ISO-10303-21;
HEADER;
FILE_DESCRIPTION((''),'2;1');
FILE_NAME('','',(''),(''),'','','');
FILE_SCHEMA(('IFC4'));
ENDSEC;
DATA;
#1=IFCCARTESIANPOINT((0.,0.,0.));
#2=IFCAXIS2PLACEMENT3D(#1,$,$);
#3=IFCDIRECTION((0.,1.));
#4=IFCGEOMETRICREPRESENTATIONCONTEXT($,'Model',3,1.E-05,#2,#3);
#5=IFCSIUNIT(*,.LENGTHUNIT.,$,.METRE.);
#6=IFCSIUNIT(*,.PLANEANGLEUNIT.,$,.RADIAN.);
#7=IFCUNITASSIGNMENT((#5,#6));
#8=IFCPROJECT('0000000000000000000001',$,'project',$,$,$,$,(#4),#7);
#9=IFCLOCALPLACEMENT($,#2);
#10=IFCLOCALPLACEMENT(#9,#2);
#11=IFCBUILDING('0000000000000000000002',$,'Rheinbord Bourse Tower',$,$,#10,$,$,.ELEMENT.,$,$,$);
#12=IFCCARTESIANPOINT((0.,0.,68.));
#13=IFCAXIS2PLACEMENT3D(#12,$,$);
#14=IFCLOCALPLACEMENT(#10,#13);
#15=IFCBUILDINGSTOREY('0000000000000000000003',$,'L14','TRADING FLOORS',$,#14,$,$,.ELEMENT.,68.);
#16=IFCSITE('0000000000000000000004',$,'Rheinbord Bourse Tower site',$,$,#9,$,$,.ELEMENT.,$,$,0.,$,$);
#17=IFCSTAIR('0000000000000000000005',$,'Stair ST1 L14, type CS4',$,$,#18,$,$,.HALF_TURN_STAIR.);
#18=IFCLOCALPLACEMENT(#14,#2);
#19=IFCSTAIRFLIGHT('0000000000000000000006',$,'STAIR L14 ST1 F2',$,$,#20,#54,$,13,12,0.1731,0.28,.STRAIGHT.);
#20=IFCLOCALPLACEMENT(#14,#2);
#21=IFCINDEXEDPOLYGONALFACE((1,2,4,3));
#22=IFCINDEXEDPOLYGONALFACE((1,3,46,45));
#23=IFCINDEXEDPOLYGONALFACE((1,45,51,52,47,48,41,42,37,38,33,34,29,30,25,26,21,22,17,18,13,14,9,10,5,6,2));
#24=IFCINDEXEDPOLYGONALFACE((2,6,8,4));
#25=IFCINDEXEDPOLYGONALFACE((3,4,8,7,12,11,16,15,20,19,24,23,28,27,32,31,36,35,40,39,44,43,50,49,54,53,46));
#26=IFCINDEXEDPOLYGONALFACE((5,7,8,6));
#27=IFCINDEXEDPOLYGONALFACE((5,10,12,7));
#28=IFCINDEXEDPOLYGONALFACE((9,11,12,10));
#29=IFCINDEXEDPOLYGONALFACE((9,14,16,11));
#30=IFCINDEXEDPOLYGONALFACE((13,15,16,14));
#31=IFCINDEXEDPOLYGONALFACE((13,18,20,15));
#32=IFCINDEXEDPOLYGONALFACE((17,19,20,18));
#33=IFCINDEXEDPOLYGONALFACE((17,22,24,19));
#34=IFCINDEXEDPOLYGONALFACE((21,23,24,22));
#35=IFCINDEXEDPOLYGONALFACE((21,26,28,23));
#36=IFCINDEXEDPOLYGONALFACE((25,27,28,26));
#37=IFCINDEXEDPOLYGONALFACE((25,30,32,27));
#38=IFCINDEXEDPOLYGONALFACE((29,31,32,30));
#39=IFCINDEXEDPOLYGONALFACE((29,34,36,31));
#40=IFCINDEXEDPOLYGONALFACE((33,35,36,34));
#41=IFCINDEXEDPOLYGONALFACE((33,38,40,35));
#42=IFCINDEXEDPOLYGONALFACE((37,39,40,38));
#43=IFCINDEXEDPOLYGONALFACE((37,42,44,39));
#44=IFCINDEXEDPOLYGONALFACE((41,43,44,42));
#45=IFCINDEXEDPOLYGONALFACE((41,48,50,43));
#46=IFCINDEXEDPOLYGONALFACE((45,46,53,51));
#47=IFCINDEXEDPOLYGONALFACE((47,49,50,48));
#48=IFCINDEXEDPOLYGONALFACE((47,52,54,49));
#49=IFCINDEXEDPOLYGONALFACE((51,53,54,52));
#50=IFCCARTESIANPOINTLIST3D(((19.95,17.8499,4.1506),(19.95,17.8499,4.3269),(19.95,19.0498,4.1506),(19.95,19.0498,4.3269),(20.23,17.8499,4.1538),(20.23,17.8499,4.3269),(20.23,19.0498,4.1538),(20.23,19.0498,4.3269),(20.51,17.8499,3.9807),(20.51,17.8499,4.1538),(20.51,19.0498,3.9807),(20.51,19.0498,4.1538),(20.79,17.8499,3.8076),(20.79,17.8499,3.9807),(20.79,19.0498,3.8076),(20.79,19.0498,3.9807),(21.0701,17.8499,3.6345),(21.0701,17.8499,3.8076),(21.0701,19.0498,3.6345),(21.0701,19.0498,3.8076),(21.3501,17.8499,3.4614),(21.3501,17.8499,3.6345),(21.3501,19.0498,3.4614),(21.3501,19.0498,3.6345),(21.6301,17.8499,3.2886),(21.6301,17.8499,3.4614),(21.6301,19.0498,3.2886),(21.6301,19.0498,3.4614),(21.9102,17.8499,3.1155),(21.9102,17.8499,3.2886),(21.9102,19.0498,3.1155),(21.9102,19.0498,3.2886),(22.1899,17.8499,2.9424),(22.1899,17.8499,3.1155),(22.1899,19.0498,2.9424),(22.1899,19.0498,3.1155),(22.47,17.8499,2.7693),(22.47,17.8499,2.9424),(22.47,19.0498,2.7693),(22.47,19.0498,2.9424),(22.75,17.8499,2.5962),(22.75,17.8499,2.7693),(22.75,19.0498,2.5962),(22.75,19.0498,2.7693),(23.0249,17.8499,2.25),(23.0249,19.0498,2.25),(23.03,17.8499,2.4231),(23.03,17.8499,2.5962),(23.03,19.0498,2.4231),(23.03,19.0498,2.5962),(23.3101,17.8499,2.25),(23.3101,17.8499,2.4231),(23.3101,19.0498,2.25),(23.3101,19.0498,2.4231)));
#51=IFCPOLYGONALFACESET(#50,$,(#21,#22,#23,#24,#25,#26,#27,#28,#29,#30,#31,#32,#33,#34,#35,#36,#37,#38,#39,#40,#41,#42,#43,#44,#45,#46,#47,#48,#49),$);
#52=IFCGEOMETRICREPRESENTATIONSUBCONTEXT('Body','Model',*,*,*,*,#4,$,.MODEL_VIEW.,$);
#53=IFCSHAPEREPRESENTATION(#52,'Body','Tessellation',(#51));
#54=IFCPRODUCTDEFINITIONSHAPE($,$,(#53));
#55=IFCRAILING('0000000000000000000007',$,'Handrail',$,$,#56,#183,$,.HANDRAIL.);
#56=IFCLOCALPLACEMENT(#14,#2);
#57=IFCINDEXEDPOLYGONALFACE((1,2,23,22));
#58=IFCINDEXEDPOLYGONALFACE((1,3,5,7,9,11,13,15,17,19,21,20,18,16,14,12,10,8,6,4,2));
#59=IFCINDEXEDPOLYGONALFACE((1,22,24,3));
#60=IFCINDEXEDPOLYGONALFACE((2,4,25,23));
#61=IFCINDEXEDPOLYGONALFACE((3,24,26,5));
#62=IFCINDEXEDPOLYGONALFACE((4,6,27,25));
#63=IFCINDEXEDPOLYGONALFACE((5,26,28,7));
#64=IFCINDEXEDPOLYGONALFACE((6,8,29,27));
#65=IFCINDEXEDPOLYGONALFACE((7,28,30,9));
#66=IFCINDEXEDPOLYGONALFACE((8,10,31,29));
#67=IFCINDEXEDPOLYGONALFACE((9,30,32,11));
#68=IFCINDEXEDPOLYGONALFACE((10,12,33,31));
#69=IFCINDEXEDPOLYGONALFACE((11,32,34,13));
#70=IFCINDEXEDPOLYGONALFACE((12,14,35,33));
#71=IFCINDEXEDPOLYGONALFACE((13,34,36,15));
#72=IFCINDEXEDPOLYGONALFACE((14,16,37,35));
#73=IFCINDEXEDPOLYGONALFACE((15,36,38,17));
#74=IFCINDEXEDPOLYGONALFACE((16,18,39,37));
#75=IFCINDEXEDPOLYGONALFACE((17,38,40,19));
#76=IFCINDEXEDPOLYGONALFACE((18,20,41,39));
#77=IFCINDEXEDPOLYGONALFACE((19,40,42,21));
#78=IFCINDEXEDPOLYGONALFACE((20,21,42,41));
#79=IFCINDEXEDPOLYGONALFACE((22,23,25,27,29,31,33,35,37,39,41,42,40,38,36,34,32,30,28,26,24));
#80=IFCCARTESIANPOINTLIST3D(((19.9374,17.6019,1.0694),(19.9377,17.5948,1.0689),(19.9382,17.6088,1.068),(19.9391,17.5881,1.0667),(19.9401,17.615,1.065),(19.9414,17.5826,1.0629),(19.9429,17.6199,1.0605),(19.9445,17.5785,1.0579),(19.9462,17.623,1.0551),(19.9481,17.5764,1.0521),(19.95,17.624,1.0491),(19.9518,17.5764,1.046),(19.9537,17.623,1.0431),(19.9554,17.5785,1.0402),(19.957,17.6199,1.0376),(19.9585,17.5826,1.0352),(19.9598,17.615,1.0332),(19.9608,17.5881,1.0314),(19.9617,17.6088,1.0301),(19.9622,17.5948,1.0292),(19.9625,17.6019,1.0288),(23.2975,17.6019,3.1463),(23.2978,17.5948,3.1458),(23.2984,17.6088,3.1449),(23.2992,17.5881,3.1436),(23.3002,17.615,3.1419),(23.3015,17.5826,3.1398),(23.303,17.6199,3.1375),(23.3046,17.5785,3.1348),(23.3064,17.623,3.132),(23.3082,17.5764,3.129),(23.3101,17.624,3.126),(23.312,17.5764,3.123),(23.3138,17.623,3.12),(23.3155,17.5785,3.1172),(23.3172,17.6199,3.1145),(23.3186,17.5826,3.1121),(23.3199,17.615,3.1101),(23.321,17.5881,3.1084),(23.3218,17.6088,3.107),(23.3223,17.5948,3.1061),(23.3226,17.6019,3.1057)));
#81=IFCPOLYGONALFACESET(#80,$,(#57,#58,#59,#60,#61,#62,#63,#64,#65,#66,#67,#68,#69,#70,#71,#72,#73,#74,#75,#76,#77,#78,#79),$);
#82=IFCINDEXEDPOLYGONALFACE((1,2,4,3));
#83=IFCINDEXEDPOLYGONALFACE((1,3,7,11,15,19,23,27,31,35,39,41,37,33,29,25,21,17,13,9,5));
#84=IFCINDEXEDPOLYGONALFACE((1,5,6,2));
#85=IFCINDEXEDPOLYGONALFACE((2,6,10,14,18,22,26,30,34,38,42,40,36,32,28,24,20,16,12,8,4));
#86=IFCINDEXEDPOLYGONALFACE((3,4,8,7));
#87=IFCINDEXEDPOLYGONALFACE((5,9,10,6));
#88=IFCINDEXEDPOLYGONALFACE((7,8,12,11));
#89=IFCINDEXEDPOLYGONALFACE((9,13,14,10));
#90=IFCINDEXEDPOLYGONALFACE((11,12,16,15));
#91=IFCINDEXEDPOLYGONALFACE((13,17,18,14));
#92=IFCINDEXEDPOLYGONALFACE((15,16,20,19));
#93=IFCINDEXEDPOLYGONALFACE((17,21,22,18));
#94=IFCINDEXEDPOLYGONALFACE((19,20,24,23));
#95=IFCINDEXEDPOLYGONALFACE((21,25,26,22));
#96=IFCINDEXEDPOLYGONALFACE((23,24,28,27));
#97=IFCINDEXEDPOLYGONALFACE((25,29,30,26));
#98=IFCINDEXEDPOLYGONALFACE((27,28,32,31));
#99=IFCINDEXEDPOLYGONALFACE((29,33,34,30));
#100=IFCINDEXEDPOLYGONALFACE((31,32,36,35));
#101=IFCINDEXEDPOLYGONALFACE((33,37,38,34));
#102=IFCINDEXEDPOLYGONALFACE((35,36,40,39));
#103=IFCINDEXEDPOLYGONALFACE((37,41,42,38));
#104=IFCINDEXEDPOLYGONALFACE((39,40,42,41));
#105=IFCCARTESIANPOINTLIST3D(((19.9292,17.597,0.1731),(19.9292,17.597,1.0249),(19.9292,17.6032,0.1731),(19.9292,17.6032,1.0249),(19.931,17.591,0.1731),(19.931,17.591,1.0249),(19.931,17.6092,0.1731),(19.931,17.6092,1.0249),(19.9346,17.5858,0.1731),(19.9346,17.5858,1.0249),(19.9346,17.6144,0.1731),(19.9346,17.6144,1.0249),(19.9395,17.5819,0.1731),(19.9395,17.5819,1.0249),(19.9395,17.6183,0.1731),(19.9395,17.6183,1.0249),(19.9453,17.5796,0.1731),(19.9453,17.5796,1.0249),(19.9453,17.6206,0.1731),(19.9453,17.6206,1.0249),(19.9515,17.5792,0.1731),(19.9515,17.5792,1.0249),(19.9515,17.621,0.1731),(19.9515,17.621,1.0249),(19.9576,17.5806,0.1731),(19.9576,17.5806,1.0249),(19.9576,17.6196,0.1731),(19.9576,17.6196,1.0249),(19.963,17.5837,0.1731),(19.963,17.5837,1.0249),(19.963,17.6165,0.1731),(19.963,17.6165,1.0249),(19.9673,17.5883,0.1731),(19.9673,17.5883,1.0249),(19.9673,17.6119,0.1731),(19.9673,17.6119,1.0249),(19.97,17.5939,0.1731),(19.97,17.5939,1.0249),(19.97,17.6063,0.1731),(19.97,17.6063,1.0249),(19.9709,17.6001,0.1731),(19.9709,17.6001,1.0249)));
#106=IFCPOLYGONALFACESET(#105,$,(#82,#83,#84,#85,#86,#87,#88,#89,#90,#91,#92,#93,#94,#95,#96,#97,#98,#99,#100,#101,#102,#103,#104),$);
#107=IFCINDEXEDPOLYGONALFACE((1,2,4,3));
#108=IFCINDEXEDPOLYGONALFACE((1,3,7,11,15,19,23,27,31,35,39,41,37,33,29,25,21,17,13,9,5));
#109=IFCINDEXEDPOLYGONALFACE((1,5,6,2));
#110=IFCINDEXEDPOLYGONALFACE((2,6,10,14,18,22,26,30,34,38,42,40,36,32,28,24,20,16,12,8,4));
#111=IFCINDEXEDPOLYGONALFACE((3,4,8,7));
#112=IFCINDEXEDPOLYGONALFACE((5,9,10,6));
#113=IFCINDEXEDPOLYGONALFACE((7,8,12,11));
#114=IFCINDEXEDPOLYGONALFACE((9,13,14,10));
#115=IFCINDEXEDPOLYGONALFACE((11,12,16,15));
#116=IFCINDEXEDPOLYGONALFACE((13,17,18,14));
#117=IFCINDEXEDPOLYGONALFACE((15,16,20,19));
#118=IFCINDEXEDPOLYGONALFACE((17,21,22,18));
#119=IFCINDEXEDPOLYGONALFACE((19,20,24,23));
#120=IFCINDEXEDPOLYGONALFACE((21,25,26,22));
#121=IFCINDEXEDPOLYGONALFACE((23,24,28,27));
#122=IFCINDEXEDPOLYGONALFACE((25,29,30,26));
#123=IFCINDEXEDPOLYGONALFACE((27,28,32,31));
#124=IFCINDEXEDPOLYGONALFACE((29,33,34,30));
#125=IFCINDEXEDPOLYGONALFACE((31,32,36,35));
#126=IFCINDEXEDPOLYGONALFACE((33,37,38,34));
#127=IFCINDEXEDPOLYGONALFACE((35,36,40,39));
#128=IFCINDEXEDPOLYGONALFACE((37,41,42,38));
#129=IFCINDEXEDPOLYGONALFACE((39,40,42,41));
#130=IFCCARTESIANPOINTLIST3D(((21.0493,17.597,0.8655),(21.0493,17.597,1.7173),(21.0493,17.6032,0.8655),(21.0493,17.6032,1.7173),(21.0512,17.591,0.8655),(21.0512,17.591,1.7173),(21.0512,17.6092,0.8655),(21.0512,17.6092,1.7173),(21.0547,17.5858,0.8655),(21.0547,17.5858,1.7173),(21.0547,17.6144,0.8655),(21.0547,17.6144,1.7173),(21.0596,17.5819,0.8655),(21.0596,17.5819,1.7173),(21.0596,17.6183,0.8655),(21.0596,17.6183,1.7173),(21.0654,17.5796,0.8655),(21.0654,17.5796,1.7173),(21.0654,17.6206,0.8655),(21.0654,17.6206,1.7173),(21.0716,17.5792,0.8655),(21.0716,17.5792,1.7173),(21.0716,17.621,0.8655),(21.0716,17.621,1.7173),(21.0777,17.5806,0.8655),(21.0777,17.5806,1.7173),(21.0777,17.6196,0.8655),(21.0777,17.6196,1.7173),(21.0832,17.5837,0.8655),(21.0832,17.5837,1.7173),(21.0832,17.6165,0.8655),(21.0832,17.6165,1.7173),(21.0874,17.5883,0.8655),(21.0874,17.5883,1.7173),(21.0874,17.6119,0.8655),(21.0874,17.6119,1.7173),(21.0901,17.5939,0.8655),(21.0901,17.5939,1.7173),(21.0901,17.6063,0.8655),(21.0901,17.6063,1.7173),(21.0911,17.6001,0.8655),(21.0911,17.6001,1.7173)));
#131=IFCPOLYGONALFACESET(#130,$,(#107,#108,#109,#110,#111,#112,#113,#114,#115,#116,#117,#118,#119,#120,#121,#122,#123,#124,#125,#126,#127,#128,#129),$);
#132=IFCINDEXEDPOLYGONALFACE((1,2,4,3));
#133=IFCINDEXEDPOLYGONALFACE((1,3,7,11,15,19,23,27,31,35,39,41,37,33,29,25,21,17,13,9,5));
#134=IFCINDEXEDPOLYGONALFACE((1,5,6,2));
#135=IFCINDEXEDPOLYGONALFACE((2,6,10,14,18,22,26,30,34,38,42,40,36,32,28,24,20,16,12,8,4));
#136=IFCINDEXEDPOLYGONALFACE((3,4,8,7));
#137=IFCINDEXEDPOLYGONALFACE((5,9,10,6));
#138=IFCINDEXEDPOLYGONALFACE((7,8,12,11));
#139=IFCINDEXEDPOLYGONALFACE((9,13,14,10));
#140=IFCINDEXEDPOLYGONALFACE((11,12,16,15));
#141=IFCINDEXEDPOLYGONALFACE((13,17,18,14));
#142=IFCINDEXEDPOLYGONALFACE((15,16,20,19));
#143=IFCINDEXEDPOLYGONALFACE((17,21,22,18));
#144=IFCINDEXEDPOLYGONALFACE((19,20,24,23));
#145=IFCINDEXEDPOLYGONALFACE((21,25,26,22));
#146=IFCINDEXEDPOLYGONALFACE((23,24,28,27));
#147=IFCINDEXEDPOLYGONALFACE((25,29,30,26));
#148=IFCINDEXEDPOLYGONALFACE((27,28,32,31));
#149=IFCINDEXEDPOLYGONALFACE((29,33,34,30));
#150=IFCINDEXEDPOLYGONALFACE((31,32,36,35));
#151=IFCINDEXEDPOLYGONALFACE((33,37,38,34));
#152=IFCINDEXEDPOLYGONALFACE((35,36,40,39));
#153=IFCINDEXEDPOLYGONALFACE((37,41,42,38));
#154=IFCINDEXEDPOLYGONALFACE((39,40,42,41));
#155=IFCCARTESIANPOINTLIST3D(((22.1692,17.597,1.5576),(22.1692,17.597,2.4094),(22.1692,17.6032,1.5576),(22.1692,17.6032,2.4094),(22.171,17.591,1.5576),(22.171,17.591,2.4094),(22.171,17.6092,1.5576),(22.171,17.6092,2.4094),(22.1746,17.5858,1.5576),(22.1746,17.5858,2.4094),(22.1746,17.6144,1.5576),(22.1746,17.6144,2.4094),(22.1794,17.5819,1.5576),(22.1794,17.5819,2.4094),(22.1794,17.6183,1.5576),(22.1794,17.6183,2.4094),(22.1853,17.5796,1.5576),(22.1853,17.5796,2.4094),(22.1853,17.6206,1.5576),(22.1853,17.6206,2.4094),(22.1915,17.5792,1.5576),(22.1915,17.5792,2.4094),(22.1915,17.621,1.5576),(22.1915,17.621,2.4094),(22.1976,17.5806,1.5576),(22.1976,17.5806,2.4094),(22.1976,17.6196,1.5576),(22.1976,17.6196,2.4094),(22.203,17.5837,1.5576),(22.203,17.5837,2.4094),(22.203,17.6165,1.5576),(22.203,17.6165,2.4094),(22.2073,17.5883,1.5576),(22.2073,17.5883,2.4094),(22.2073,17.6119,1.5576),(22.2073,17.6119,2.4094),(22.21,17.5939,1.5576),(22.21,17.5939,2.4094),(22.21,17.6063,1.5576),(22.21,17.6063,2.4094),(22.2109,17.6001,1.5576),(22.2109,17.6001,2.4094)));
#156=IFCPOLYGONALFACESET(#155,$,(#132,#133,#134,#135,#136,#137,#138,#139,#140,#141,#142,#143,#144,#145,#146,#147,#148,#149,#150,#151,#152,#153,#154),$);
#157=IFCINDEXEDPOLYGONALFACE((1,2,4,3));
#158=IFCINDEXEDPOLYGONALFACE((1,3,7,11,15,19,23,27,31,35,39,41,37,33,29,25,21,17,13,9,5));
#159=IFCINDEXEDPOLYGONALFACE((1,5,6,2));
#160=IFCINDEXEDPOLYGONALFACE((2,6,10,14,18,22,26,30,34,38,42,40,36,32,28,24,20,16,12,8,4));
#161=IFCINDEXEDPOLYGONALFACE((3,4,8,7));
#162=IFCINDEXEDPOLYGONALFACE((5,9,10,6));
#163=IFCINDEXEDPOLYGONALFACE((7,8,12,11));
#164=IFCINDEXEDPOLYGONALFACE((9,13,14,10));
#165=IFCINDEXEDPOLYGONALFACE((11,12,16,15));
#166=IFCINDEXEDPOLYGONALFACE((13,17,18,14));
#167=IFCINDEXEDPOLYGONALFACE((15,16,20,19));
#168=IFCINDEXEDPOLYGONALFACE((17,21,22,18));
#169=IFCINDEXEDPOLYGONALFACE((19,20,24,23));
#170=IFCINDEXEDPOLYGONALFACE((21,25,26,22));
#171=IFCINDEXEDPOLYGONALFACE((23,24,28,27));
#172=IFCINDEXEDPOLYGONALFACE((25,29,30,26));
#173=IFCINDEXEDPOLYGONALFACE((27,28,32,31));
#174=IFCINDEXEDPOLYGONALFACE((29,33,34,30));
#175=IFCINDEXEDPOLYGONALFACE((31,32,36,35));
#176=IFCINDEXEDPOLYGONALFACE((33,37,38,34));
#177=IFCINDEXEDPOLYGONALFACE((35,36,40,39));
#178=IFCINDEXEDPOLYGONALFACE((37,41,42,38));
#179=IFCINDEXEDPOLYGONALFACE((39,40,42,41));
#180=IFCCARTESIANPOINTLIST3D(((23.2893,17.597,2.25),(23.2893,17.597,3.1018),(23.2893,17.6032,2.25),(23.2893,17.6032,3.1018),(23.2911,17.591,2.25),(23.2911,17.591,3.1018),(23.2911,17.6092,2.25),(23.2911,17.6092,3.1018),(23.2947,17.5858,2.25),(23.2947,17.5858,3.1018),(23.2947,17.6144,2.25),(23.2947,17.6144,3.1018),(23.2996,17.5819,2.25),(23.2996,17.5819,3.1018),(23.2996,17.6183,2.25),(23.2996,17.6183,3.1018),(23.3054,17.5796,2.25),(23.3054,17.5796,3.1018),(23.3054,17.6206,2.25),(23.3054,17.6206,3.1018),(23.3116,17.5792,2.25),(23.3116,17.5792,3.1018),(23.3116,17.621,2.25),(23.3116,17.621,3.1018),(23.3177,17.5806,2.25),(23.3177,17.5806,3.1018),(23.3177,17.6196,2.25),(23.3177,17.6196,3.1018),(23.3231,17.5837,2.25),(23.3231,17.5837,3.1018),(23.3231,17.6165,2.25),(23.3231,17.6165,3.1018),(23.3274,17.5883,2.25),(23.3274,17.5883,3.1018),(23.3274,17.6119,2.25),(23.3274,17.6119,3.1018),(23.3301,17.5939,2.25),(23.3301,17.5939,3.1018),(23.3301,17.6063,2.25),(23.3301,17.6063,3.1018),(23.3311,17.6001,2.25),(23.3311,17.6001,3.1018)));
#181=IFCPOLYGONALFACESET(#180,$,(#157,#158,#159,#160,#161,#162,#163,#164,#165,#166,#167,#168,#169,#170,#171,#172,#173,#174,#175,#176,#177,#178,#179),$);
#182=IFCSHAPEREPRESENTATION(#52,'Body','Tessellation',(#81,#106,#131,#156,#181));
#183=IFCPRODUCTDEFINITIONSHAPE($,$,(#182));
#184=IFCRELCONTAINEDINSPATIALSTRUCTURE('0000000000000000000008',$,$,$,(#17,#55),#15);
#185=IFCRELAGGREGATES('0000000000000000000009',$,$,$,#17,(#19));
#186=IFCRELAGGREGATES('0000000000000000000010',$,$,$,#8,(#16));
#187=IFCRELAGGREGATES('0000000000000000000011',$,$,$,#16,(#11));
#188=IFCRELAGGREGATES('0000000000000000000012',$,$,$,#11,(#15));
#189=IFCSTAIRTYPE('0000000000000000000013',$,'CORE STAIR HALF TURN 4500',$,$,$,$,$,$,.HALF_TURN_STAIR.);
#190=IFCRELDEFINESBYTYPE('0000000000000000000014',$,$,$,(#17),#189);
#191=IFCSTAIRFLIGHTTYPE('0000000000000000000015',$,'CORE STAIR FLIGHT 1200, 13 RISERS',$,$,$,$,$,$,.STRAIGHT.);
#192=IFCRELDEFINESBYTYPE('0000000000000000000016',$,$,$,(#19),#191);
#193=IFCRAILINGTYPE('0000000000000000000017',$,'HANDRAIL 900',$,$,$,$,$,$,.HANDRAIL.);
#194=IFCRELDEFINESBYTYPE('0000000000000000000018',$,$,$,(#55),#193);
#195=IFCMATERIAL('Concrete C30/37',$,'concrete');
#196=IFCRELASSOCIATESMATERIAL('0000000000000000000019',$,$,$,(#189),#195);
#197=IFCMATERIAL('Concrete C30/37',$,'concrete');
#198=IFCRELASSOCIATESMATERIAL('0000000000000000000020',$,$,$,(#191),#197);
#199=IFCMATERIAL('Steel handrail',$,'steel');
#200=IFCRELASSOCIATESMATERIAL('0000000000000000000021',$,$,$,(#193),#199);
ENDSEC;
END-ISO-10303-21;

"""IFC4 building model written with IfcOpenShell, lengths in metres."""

from ifc_helpers import new_model, si_unit, direction, frame, origin, origin_2d, place, context, subcontext, project, spatial, polyline, circle, outline, extrude, material, type_object, element, aggregate, save


model = new_model("IFC4")

# Units and contexts
model_context = context("Model", 3, precision=1e-05, world=origin(), true_north=direction((0.0, 1.0)))
body_context = subcontext(model_context, "Body", "Model", "MODEL_VIEW")
ifc_project = project(units=[si_unit("LENGTHUNIT", "METRE"), si_unit("PLANEANGLEUNIT", "RADIAN")], contexts=[model_context])

# Site, building, storey
site_placement = place(None, origin())
site = spatial("IfcSite", under=ifc_project, at=site_placement, Name="Rheinbord Bourse Tower site", CompositionType="ELEMENT", RefElevation=0.0)
building_placement = place(site_placement, origin())
building = spatial("IfcBuilding", under=site, at=building_placement, Name="Rheinbord Bourse Tower", CompositionType="ELEMENT")
storey_placement = place(building_placement, frame((0.0, 0.0, 68.0)))
storey = spatial("IfcBuildingStorey", under=building, at=storey_placement, Name="L14", Description="TRADING FLOORS", CompositionType="ELEMENT", Elevation=68.0)

# Stair, stair flight
ifc_material_1 = material(Name="Concrete C30/37", Category="concrete")
stair_type = type_object("IfcStairType", Name="CORE STAIR HALF TURN 4500", PredefinedType="HALF_TURN_STAIR", material=ifc_material_1)
stair_placement = place(storey_placement, origin())
stair = element("IfcStair", 1, at=stair_placement, inside=storey, type_object=stair_type, Name="Stair ST1 L14, type CS4", PredefinedType="HALF_TURN_STAIR")
ifc_material_2 = material(Name="Concrete C30/37", Category="concrete")
stair_flight_type = type_object("IfcStairFlightType", Name="CORE STAIR FLIGHT 1200, 13 RISERS", PredefinedType="STRAIGHT", material=ifc_material_2)
stair_flight_1_placement = place(storey_placement, frame((23.3101, 18.45, 2.25), z_axis=(0.0, 0.0, 1.0), x_axis=(-1.0, 0.0, 0.0)))
stair_flight_1 = element("IfcStairFlight", 2, at=stair_flight_1_placement, type_object=stair_flight_type, Name="STAIR L14 ST1 F2", NumberOfRisers=13, NumberOfTreads=12, PredefinedType="STRAIGHT", RiserHeight=0.1731, TreadLength=0.28, context=body_context, shape_type="SweptSolid", body=[
    extrude(outline(polyline([(0.0, 0.0), (0.0, 0.1731), (0.28, 0.1731), (0.28, 0.3462), (0.5601, 0.3462), (0.5601, 0.5193), (0.8401, 0.5193), (0.8401, 0.6924), (1.1201, 0.6924), (1.1201, 0.8655), (1.3999, 0.8655), (1.3999, 1.0386), (1.6799, 1.0386), (1.6799, 1.2114), (1.96, 1.2114), (1.96, 1.3845), (2.24, 1.3845), (2.24, 1.5576), (2.52, 1.5576), (2.52, 1.7307), (2.8, 1.7307), (2.8, 1.9038), (3.0801, 1.9038), (3.0801, 2.0769), (3.3601, 2.0769), (3.3601, 2.25), (3.3601, 1.9006), (0.2852, 0.0), (0.0, 0.0)])), frame((0.0, 0.6001, 0.0), z_axis=(0.0, -1.0, 0.0), x_axis=(1.0, 0.0, 0.0)), (0.0, 0.0, 1.0), 1.2),
])
aggregate(stair, [stair_flight_1])

# Railing
ifc_material_3 = material(Name="Steel handrail", Category="steel")
railing_type = type_object("IfcRailingType", Name="HANDRAIL 900", PredefinedType="HANDRAIL", material=ifc_material_3)
railing_1_placement = place(storey_placement, frame((19.95, 17.6001, 0.1731)))
element("IfcRailing", 3, at=railing_1_placement, inside=storey, type_object=railing_type, Name="Handrail", PredefinedType="HANDRAIL", context=body_context, shape_type="SweptSolid", body=[
    extrude(circle(Radius=0.0239, at=origin_2d()), frame((0.0, 0.0, 0.876), z_axis=(0.850623, 0.0, 0.525776), x_axis=(0.0, 1.0, 0.0)), (0.0, 0.0, 1.0), 3.9502),
    extrude(circle(Radius=0.021, at=origin_2d()), origin(), (0.0, 0.0, 1.0), 0.8518),
    extrude(circle(Radius=0.021, at=origin_2d()), frame((1.1201, 0.0, 0.6924)), (0.0, 0.0, 1.0), 0.8518),
    extrude(circle(Radius=0.021, at=origin_2d()), frame((2.24, 0.0, 1.3845)), (0.0, 0.0, 1.0), 0.8518),
    extrude(circle(Radius=0.021, at=origin_2d()), frame((3.3601, 0.0, 2.0769)), (0.0, 0.0, 1.0), 0.8518),
])

save(model, "model.ifc")
